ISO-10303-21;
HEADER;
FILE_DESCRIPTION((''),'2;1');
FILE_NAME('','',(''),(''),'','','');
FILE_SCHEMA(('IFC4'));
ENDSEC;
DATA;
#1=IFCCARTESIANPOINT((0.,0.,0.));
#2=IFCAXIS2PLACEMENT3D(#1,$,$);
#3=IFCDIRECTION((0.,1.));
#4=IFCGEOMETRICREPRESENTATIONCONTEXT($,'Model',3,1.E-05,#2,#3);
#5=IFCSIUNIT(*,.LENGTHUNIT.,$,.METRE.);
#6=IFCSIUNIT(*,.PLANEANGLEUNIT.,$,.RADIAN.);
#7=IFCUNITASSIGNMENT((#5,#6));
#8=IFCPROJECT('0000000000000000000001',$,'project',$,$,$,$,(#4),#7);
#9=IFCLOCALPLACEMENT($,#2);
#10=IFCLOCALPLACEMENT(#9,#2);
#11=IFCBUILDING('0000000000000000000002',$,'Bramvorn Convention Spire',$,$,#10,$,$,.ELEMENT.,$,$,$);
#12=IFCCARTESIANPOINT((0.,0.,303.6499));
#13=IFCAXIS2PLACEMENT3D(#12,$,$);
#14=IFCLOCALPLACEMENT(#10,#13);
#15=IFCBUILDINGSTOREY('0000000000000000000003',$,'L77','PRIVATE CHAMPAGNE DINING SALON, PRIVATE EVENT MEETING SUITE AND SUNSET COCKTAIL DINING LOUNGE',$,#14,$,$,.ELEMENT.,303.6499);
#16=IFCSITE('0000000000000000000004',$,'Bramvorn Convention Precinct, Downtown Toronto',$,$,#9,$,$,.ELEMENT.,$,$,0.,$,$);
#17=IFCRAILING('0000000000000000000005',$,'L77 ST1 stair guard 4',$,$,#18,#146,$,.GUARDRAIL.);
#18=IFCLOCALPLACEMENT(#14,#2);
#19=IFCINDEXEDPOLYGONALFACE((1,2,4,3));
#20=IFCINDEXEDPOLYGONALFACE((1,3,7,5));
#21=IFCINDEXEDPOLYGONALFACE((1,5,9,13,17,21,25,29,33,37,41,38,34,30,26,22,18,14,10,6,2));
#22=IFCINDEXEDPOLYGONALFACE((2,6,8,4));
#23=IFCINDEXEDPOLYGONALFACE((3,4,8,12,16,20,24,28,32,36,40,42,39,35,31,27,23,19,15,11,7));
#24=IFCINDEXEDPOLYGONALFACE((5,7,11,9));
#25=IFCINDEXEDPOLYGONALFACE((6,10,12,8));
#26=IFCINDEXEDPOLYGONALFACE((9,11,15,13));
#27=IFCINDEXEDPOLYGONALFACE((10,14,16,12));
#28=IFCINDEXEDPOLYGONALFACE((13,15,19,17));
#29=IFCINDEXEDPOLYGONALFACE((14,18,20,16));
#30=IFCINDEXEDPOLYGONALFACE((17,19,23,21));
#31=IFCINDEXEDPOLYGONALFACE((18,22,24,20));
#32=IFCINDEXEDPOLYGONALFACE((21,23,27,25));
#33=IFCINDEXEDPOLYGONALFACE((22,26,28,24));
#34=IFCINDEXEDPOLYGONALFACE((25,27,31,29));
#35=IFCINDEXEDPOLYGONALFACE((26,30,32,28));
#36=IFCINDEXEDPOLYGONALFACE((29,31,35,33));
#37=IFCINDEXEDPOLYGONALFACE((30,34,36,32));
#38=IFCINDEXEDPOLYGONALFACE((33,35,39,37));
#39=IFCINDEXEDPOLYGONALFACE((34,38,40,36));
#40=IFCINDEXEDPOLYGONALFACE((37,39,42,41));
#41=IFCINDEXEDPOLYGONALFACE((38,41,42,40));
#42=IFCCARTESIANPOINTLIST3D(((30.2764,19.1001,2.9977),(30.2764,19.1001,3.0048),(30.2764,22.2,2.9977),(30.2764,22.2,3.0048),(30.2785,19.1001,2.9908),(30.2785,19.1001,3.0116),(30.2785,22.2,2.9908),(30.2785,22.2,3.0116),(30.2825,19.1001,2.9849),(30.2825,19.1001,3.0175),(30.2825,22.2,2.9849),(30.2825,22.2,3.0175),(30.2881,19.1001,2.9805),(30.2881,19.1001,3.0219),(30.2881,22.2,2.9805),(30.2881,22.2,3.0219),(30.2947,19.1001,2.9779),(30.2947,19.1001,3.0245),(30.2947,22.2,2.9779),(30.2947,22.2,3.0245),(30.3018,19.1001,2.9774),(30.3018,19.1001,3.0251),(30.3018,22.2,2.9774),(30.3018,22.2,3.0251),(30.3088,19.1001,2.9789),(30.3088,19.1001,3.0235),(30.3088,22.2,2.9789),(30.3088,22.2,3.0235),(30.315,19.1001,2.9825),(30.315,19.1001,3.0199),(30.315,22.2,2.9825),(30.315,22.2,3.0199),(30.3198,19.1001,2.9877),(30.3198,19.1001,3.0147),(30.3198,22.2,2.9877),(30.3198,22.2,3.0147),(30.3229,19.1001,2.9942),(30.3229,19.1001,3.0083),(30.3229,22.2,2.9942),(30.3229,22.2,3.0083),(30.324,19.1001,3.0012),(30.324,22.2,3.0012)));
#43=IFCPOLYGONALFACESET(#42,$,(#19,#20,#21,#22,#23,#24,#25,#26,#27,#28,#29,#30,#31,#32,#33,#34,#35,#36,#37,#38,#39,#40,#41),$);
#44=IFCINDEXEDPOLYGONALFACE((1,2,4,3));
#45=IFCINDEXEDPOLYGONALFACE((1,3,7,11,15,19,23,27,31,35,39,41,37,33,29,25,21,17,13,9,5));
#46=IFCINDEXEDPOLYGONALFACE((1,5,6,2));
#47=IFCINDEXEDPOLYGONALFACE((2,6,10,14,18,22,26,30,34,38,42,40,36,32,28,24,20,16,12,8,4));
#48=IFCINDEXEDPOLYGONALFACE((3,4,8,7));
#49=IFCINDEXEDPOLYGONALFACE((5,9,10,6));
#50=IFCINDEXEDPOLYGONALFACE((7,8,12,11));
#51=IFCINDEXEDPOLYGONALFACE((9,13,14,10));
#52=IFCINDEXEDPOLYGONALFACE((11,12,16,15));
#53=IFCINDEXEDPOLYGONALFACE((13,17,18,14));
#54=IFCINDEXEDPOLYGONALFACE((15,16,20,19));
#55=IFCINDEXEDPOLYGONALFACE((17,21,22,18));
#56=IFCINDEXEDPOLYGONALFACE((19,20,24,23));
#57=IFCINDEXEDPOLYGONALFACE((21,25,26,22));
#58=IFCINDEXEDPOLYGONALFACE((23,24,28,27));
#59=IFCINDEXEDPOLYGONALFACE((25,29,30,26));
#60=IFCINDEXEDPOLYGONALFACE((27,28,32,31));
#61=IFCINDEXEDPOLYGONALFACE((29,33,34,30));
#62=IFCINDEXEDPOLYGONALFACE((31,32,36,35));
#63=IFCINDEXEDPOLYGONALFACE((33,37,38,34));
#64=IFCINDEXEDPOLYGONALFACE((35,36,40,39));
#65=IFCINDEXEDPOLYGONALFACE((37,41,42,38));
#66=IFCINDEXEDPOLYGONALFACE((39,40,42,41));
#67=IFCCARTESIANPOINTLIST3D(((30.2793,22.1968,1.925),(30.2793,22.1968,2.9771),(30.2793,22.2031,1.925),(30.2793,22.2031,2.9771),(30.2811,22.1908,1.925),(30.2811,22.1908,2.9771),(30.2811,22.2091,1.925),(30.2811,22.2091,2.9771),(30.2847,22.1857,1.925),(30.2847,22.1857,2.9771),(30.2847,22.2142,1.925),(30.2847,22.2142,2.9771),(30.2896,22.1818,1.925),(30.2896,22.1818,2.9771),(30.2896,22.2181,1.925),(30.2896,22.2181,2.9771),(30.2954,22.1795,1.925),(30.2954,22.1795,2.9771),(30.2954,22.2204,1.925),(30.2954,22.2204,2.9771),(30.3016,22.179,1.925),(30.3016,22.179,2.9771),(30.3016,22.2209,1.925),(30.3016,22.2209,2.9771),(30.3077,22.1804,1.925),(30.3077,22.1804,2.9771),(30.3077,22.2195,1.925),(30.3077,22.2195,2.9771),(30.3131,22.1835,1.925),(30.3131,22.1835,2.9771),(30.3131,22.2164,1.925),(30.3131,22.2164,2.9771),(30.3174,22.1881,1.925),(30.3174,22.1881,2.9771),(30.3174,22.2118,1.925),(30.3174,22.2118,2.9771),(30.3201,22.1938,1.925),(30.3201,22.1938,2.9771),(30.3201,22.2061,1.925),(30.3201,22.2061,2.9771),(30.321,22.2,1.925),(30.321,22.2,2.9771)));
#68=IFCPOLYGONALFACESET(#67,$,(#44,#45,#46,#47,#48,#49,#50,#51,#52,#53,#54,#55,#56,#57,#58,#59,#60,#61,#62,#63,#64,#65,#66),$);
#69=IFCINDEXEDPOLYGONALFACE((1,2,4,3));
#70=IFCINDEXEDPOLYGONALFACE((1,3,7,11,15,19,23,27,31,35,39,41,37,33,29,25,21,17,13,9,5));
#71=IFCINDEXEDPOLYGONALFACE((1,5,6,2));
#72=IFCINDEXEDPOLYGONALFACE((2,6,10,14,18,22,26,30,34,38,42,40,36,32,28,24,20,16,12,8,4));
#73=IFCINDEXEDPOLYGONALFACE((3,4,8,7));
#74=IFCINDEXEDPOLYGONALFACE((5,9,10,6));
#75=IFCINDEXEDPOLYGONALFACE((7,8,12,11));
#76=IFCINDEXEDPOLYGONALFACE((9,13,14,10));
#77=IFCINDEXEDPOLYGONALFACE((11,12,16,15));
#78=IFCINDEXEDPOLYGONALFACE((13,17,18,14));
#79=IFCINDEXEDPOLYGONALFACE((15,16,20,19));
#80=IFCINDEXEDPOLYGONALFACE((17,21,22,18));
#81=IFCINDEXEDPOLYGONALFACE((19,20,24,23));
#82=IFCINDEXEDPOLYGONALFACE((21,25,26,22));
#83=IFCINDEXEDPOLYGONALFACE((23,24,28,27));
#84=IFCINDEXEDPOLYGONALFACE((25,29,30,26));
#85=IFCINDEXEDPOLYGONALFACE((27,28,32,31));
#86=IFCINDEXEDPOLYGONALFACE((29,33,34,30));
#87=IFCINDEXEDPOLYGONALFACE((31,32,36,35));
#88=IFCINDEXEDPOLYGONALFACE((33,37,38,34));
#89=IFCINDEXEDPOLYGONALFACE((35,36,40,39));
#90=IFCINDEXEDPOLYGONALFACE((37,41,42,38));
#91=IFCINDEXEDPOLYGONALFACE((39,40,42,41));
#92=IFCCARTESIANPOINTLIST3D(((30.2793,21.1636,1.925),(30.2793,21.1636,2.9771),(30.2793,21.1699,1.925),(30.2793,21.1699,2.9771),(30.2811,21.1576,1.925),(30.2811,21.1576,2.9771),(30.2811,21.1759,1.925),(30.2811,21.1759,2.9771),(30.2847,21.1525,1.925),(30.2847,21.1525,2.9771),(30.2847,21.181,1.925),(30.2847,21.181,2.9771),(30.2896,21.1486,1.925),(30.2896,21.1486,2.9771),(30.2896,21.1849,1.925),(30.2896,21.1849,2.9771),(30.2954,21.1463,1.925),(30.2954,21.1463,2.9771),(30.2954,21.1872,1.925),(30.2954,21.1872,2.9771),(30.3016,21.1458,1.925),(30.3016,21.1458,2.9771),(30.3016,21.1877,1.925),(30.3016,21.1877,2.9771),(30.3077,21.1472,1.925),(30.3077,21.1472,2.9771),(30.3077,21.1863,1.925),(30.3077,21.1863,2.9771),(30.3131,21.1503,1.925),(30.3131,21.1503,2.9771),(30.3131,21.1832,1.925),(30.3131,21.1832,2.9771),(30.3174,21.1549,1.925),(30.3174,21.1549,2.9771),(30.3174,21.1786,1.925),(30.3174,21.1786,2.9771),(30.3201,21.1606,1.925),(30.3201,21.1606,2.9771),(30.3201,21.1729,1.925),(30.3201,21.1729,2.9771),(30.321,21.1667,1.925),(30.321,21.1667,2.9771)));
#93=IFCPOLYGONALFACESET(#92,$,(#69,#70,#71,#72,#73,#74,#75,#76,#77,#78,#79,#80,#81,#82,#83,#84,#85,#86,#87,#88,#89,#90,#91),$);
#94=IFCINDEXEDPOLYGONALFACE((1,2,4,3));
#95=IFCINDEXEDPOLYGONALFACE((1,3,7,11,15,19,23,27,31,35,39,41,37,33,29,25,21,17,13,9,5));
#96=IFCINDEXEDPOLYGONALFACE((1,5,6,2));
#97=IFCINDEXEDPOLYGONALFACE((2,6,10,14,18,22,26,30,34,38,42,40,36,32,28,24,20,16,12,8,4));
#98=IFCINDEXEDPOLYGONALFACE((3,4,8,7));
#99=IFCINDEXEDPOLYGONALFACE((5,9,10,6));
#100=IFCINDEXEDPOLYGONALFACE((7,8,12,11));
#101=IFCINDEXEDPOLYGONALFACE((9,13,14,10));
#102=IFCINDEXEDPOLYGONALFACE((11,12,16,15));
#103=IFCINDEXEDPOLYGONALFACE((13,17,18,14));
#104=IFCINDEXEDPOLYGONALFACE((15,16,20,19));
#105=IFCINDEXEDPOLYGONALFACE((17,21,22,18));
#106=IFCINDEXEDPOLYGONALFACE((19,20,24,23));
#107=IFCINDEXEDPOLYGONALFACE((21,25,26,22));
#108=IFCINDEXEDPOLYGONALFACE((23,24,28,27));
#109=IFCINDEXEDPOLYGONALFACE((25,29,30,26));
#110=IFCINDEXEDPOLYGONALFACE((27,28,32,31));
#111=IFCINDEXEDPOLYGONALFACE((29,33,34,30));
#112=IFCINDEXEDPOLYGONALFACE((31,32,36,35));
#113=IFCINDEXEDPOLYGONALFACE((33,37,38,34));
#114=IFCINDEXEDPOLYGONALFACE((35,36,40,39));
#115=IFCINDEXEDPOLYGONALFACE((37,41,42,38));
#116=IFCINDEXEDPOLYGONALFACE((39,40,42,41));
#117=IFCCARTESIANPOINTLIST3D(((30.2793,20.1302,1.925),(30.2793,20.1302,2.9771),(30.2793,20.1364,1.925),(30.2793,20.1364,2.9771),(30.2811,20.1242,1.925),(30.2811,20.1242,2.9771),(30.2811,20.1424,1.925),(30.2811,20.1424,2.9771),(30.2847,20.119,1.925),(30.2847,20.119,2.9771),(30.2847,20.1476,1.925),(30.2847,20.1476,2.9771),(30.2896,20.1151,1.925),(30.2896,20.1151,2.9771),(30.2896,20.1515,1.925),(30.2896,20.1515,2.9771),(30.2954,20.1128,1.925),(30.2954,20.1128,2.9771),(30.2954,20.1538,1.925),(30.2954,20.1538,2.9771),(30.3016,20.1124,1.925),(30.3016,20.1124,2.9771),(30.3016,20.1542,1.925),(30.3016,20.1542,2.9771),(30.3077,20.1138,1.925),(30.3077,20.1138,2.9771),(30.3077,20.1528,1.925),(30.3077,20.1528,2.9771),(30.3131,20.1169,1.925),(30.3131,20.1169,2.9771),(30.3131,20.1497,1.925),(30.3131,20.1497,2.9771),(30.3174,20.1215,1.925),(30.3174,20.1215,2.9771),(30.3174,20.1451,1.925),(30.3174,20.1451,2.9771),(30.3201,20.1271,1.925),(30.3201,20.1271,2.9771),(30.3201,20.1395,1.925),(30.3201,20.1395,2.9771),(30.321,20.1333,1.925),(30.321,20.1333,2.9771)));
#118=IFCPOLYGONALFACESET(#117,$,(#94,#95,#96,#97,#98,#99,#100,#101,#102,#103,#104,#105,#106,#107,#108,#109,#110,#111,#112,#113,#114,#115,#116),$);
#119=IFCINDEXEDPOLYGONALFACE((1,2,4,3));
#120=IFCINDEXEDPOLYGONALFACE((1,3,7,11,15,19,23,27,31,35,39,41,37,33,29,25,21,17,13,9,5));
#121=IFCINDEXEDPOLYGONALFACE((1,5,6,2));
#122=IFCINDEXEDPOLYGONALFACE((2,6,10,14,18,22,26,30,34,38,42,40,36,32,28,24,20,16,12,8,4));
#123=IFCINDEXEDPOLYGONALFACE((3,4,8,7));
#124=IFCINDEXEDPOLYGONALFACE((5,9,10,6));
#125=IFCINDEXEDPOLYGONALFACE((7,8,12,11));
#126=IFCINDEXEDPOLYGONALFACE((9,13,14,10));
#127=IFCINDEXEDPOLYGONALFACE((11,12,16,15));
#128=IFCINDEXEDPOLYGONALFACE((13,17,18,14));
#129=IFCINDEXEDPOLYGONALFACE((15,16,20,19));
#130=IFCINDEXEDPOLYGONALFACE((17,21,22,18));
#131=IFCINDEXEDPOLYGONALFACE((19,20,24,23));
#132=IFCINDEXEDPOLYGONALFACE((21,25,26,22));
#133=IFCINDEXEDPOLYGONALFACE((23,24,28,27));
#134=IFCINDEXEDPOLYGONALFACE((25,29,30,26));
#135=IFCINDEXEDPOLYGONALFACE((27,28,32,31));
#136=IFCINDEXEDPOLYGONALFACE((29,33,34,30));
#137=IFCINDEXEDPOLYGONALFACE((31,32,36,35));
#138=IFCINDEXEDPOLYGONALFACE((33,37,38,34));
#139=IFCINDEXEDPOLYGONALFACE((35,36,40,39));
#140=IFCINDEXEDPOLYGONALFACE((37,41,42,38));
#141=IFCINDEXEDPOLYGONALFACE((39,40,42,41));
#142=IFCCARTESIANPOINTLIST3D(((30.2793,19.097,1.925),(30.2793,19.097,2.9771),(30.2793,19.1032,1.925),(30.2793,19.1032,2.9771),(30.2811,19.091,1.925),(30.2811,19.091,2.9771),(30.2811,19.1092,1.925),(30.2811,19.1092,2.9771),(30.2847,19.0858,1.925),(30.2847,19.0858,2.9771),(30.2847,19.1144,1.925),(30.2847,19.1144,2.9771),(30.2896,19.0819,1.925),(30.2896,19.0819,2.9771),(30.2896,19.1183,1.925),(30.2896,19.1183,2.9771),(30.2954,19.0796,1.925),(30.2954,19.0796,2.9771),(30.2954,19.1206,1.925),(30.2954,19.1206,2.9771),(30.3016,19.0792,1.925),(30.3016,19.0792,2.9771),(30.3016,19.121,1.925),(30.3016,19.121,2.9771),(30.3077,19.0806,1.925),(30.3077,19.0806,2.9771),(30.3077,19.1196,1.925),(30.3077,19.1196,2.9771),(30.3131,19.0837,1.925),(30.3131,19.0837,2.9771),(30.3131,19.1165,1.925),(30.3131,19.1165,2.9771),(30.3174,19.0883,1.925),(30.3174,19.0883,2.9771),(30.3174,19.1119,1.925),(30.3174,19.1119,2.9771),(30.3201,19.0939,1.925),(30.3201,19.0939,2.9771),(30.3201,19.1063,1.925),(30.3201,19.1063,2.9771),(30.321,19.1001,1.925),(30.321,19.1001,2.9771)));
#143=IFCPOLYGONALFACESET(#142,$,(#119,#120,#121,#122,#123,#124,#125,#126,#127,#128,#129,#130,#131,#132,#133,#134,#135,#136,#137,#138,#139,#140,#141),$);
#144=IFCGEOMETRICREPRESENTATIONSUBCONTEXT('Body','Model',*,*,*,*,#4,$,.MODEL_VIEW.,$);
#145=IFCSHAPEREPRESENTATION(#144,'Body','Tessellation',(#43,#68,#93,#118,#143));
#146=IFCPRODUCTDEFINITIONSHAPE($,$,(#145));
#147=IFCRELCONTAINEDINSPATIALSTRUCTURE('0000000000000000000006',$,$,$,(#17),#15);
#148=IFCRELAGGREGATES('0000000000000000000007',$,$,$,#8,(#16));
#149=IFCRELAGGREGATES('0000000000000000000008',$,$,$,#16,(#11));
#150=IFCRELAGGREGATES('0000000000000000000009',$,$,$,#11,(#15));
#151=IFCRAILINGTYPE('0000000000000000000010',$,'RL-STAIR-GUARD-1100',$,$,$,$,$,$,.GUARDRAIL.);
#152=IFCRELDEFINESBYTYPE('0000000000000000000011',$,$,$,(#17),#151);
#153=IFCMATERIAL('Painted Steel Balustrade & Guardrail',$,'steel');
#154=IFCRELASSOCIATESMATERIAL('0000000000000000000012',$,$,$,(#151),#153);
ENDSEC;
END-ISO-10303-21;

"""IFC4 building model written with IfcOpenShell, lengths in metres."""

from ifc_helpers import new_model, si_unit, direction, frame, origin, origin_2d, place, context, subcontext, project, spatial, circle, extrude, material, type_object, element, save


model = new_model("IFC4")

# Units and contexts
model_context = context("Model", 3, precision=1e-05, world=origin(), true_north=direction((0.0, 1.0)))
body_context = subcontext(model_context, "Body", "Model", "MODEL_VIEW")
ifc_project = project(units=[si_unit("LENGTHUNIT", "METRE"), si_unit("PLANEANGLEUNIT", "RADIAN")], contexts=[model_context])

# Site, building, storey
site_placement = place(None, origin())
site = spatial("IfcSite", under=ifc_project, at=site_placement, Name="Bramvorn Convention Precinct, Downtown Toronto", CompositionType="ELEMENT", RefElevation=0.0)
building_placement = place(site_placement, origin())
building = spatial("IfcBuilding", under=site, at=building_placement, Name="Bramvorn Convention Spire", CompositionType="ELEMENT")
storey_placement = place(building_placement, frame((0.0, 0.0, 303.6499)))
storey = spatial("IfcBuildingStorey", under=building, at=storey_placement, Name="L77", Description="PRIVATE CHAMPAGNE DINING SALON, PRIVATE EVENT MEETING SUITE AND SUNSET COCKTAIL DINING LOUNGE", CompositionType="ELEMENT", Elevation=303.6499)

# Railing
ifc_material_1 = material(Name="Painted Steel Balustrade & Guardrail", Category="steel")
railing_type_1 = type_object("IfcRailingType", Name="RL-STAIR-GUARD-1100", PredefinedType="GUARDRAIL", material=ifc_material_1)
for number, where, name in (
    (1, (30.3, 22.2, 1.925), "L77 ST1 stair guard 4"),
):
    element("IfcRailing", number, at=place(storey_placement, frame(where)), inside=storey, type_object=railing_type_1, Name=name, PredefinedType="GUARDRAIL", context=body_context, shape_type="SweptSolid", body=[
        extrude(circle(Radius=0.0239, at=origin_2d()), frame((0.0, 0.0, 1.0762), z_axis=(0.0, -1.0, 0.0), x_axis=(1.0, 0.0, 0.0)), (0.0, 0.0, 1.0), 3.0999),
        extrude(circle(Radius=0.021, at=origin_2d()), origin(), (0.0, 0.0, 1.0), 1.052),
        extrude(circle(Radius=0.021, at=origin_2d()), frame((0.0, -1.0332, 0.0)), (0.0, 0.0, 1.0), 1.052),
        extrude(circle(Radius=0.021, at=origin_2d()), frame((0.0, -2.0667, 0.0)), (0.0, 0.0, 1.0), 1.052),
        extrude(circle(Radius=0.021, at=origin_2d()), frame((0.0, -3.0999, 0.0)), (0.0, 0.0, 1.0), 1.052),
    ])

save(model, "model.ifc")
